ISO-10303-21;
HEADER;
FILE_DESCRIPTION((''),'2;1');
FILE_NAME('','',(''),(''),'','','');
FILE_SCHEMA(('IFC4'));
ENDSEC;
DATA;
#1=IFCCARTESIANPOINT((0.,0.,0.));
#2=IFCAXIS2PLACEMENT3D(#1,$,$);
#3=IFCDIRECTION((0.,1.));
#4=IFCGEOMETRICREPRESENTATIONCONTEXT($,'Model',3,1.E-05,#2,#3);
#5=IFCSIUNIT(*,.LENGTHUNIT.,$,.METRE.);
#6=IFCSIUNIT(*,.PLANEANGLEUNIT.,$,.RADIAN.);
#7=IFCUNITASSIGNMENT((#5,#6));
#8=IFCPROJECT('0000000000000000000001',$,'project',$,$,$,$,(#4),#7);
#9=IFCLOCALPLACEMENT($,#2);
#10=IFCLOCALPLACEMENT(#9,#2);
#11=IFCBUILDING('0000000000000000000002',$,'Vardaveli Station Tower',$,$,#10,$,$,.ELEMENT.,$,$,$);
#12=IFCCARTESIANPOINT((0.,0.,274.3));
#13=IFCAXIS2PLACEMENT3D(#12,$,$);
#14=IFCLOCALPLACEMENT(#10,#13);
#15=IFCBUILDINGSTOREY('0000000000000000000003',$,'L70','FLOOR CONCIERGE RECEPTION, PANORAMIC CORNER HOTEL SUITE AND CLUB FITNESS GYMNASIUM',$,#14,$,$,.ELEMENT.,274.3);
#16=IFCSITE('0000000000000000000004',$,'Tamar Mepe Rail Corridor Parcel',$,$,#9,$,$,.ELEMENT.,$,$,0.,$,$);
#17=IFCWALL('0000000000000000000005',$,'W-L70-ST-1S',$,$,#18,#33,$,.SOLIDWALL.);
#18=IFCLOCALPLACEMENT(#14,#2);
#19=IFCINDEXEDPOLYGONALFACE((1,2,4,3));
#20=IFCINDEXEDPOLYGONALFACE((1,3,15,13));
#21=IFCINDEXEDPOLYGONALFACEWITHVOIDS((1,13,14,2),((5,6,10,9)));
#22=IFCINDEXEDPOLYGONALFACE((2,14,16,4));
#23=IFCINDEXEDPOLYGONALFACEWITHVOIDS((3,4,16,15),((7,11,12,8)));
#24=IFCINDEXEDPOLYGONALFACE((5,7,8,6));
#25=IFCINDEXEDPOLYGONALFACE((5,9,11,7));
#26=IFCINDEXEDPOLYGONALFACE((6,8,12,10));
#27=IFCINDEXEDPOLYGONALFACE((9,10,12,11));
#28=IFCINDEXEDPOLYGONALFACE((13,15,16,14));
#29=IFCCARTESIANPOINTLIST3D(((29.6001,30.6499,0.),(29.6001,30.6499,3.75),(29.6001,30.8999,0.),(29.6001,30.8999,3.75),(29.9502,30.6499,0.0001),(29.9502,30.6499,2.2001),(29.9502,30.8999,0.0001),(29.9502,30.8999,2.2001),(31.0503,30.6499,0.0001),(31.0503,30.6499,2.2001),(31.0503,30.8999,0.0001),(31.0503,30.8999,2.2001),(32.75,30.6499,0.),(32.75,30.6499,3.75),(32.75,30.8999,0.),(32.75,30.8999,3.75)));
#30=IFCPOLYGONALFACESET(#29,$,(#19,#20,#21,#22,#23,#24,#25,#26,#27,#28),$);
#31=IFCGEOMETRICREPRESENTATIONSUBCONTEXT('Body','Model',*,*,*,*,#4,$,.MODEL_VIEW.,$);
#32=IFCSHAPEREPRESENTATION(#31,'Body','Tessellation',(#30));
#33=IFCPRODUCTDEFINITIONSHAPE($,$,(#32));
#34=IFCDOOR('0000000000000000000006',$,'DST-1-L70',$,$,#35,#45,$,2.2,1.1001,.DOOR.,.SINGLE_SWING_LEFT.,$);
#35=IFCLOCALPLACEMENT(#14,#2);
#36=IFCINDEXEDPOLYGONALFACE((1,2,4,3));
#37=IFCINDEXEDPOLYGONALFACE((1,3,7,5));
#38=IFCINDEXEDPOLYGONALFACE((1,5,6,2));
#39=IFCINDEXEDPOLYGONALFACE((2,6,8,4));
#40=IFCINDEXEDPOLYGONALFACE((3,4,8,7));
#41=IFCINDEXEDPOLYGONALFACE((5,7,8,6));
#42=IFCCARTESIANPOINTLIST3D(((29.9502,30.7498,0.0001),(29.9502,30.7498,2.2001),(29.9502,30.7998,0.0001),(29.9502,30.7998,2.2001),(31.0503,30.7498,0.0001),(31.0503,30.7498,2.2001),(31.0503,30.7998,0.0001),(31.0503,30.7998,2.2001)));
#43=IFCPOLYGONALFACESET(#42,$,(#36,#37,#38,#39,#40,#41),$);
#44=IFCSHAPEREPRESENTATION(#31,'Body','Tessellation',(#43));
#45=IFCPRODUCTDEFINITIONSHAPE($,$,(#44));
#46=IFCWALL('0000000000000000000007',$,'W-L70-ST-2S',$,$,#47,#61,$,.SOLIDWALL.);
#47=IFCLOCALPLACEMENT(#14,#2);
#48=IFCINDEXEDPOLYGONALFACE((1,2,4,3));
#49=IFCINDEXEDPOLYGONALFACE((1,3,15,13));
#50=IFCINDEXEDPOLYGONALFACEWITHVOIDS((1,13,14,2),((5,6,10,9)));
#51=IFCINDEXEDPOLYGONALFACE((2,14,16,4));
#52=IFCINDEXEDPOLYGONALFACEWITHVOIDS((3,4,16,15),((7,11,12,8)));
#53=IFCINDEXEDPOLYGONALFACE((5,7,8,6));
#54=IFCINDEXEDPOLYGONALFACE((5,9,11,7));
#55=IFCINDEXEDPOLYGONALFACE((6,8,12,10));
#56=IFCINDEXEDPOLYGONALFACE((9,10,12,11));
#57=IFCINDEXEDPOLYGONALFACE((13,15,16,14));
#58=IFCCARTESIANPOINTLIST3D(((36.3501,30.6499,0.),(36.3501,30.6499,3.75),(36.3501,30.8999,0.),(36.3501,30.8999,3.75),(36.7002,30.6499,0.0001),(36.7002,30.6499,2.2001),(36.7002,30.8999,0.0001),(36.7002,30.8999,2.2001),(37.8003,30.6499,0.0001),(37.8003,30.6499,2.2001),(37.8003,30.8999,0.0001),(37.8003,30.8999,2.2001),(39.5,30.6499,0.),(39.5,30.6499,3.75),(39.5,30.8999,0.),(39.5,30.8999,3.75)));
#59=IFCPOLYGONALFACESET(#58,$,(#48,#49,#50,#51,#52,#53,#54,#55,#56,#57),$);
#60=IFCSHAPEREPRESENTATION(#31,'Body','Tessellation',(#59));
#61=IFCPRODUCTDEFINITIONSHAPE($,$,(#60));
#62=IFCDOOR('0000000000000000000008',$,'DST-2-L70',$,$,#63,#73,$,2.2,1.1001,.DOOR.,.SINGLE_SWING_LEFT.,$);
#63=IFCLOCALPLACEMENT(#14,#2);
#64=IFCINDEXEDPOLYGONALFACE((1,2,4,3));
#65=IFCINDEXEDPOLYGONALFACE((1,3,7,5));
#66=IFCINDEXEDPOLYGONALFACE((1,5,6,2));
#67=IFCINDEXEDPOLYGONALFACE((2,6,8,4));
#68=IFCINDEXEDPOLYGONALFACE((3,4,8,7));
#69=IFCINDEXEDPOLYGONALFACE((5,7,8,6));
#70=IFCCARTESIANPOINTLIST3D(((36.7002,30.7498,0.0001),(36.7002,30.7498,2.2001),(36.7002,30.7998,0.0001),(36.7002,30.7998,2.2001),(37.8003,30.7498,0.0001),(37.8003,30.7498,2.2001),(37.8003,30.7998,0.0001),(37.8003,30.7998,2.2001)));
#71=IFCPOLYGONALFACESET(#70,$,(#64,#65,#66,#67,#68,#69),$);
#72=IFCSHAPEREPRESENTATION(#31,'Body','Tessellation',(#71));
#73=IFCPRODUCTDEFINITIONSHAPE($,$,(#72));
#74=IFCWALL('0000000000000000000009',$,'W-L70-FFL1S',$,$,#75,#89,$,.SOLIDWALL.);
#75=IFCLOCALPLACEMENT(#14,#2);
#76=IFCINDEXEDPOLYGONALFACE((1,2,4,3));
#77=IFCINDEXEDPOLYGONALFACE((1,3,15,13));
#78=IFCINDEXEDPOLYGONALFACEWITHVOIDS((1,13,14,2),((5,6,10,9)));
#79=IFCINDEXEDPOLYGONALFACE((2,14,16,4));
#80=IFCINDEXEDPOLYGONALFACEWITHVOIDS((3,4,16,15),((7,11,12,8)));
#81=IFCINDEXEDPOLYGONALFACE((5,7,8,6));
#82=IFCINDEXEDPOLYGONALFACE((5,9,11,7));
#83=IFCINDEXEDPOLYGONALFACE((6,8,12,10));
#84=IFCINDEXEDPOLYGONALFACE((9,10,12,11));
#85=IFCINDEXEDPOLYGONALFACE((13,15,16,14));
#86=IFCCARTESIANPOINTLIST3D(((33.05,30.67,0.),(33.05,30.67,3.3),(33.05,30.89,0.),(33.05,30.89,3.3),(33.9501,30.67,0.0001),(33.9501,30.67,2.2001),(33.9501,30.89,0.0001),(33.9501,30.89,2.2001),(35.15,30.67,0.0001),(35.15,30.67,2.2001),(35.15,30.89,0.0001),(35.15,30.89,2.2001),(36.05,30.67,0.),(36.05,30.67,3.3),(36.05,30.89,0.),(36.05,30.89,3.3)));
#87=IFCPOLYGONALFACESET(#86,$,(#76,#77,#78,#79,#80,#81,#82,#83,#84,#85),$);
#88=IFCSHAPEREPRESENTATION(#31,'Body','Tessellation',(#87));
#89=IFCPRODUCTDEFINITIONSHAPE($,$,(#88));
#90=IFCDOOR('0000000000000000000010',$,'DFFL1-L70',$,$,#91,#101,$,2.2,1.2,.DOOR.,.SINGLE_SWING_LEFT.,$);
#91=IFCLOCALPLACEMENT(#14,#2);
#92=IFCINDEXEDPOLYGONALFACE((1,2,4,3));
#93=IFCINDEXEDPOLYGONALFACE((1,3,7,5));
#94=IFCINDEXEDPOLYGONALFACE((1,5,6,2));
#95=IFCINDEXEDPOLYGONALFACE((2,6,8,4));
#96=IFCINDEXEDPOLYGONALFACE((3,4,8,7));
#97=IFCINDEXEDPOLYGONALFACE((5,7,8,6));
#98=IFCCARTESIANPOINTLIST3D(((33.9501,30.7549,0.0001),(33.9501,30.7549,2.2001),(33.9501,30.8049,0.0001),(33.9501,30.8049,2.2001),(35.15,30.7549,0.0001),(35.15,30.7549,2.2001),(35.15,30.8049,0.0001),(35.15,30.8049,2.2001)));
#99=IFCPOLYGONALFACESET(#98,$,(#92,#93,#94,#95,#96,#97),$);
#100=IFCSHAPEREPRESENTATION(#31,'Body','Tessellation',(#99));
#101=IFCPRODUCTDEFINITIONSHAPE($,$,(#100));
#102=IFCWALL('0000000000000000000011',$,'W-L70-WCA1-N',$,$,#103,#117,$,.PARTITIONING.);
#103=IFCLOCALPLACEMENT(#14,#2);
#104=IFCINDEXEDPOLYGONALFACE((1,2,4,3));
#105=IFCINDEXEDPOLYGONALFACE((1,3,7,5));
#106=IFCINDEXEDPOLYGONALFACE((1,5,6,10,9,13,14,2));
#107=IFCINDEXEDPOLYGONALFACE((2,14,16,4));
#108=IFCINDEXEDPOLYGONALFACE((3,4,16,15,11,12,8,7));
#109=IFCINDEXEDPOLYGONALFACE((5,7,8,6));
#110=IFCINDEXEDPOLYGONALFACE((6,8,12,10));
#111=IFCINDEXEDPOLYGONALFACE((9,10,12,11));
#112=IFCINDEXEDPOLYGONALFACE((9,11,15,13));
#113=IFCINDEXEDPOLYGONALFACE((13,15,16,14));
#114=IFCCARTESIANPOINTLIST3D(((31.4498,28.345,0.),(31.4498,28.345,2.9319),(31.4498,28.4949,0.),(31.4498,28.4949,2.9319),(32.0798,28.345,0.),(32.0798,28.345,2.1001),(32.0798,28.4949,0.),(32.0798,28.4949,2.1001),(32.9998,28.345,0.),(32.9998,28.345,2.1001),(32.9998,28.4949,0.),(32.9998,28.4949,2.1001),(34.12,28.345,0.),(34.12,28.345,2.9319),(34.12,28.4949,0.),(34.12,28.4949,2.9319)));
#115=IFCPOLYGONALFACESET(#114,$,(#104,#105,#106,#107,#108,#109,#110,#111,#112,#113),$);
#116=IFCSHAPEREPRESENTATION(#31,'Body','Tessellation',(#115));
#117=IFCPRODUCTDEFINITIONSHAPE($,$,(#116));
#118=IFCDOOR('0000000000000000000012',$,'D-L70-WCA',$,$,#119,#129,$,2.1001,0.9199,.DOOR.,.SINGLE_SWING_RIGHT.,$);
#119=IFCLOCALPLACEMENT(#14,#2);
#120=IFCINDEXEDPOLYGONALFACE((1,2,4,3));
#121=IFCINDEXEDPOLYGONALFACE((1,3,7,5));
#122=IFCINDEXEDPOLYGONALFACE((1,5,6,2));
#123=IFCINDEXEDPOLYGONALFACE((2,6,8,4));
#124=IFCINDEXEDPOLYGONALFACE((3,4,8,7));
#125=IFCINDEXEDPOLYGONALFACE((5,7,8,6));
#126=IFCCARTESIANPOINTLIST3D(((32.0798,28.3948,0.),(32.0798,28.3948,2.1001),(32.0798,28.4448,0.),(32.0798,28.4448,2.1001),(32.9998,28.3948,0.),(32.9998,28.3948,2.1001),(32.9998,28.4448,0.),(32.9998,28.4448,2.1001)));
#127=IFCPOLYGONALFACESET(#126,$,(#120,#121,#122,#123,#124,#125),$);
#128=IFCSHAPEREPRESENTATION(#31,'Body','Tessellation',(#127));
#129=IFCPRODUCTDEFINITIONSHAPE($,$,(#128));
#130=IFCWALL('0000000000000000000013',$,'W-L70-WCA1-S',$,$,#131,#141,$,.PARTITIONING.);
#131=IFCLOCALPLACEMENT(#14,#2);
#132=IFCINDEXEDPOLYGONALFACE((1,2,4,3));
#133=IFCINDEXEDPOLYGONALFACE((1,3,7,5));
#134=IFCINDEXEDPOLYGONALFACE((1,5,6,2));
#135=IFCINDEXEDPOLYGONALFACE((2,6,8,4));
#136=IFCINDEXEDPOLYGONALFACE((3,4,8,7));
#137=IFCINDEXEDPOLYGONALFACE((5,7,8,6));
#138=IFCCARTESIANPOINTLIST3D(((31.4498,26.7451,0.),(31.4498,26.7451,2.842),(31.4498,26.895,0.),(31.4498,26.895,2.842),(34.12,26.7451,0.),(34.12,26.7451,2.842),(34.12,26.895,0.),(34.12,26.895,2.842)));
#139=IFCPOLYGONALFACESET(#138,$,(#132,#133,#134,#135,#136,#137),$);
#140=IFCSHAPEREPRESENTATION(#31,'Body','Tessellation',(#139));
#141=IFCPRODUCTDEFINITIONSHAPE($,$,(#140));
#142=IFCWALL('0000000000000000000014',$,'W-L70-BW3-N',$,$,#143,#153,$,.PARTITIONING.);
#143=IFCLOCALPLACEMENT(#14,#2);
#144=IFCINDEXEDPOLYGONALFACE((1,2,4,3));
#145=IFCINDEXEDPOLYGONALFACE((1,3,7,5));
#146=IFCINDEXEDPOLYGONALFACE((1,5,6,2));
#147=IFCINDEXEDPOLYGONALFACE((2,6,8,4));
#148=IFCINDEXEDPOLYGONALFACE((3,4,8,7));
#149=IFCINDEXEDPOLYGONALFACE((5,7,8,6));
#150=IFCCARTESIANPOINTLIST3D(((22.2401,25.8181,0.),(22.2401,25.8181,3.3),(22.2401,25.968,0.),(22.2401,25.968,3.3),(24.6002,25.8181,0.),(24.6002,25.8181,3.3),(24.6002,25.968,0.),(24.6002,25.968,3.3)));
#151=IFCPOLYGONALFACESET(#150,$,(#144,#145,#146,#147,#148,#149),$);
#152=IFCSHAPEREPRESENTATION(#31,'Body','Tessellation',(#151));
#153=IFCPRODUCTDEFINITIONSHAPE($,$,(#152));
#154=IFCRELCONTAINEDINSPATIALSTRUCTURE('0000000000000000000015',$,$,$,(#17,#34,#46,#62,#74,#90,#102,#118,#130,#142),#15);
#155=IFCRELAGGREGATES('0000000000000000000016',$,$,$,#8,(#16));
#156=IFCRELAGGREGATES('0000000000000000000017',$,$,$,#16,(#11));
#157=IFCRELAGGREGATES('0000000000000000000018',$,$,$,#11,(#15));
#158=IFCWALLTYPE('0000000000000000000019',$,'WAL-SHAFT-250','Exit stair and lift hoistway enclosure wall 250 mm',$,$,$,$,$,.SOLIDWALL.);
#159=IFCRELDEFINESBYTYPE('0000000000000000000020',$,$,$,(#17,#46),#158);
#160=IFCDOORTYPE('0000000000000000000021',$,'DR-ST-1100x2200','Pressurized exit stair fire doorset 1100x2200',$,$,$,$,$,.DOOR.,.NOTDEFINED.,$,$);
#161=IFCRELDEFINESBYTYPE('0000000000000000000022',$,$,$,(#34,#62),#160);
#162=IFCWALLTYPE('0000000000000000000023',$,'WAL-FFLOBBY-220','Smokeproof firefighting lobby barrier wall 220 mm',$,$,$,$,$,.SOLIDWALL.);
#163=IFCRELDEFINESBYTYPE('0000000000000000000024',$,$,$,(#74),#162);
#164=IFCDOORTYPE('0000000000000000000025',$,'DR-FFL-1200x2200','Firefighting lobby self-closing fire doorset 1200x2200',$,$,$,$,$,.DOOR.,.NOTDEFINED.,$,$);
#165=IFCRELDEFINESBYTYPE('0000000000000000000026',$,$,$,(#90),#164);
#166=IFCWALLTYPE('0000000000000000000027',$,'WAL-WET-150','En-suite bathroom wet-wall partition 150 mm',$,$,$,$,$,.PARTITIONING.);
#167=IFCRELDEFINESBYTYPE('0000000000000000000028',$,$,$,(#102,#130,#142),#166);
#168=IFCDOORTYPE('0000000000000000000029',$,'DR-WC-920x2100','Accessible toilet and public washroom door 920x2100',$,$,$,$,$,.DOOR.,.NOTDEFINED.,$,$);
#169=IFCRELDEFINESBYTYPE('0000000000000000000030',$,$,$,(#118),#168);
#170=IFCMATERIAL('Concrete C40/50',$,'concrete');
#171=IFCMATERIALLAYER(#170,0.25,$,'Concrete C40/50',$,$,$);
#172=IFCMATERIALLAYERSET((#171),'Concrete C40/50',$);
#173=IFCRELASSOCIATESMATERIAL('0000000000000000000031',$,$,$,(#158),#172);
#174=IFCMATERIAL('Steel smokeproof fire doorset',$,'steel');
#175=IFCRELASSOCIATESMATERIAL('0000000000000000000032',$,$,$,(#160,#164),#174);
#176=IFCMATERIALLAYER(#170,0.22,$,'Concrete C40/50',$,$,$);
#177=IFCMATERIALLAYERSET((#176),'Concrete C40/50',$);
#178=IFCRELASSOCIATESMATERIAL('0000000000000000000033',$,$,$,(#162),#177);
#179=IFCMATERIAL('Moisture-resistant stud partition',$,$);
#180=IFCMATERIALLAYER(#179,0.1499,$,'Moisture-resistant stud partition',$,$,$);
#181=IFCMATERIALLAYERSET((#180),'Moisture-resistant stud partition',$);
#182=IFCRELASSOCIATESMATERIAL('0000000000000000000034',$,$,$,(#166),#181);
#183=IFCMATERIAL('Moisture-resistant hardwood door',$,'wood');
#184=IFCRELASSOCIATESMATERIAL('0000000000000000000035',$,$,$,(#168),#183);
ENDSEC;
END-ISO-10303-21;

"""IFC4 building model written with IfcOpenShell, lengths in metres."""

from ifc_helpers import new_model, si_unit, direction, frame, frame_2d, origin, place, context, subcontext, project, spatial, rectangle, extrude, source, transform, mapped, material, layer, layer_set, type_object, element, fill, save


model = new_model("IFC4")

# Units and contexts
model_context = context("Model", 3, precision=1e-05, world=origin(), true_north=direction((0.0, 1.0)))
body_context = subcontext(model_context, "Body", "Model", "MODEL_VIEW")
ifc_project = project(units=[si_unit("LENGTHUNIT", "METRE"), si_unit("PLANEANGLEUNIT", "RADIAN")], contexts=[model_context])

# Site, building, storey
site_placement = place(None, origin())
site = spatial("IfcSite", under=ifc_project, at=site_placement, Name="Tamar Mepe Rail Corridor Parcel", CompositionType="ELEMENT", RefElevation=0.0)
building_placement = place(site_placement, origin())
building = spatial("IfcBuilding", under=site, at=building_placement, Name="Vardaveli Station Tower", CompositionType="ELEMENT")
storey_placement = place(building_placement, frame((0.0, 0.0, 274.3)))
storey = spatial("IfcBuildingStorey", under=building, at=storey_placement, Name="L70", Description="FLOOR CONCIERGE RECEPTION, PANORAMIC CORNER HOTEL SUITE AND CLUB FITNESS GYMNASIUM", CompositionType="ELEMENT", Elevation=274.3)

# Shared definitions
ifc_material_1 = material(Name="Concrete C40/50", Category="concrete")
ifc_layer_1 = layer(ifc_material_1, 0.25, Name="Concrete C40/50")
ifc_layer_set_1 = layer_set([ifc_layer_1], Name="Concrete C40/50")
wall_type_1 = type_object("IfcWallType", Name="WAL-SHAFT-250", Description="Exit stair and lift hoistway enclosure wall 250 mm", PredefinedType="SOLIDWALL", material=ifc_layer_set_1)

# Walls, openings, doors
shared_shape_1 = source(origin(), body_context, "Body", "SweptSolid", [
    extrude(rectangle(XDim=3.1499, YDim=0.25, at=frame_2d((1.575, 0.0))), origin(), (0.0, 0.0, 1.0), 3.75),
])
wall_1_placement = place(storey_placement, frame((29.6001, 30.7749, 0.0), z_axis=(0.0, 0.0, 1.0), x_axis=(1.0, 0.0, 0.0)))
wall_1 = element("IfcWall", 1, at=wall_1_placement, inside=storey, type_object=wall_type_1, Name="W-L70-ST-1S", PredefinedType="SOLIDWALL", context=body_context, shape_type="MappedRepresentation", body=[
    mapped(shared_shape_1, transform((0.0, 0.0, 0.0), scale=1.0)),
])
shared_shape_2 = source(origin(), body_context, "Body", "SweptSolid", [
    extrude(rectangle(XDim=1.1001, YDim=2.2, at=frame_2d((0.55, 1.1001))), frame((0.0, 0.135, 0.0), z_axis=(0.0, -1.0, 0.0), x_axis=(1.0, 0.0, 0.0)), (0.0, 0.0, 1.0), 0.27),
])
opening_1_placement = place(wall_1_placement, frame((0.3501, 0.0, 0.0)))
opening_1 = element("IfcOpeningElement", 2, at=opening_1_placement, cuts=wall_1, PredefinedType="OPENING", context=body_context, shape_type="MappedRepresentation", body=[
    mapped(shared_shape_2, transform((0.0, 0.0, 0.0), scale=1.0)),
])
ifc_material_2 = material(Name="Steel smokeproof fire doorset", Category="steel")
door_type_1 = type_object("IfcDoorType", Name="DR-ST-1100x2200", Description="Pressurized exit stair fire doorset 1100x2200", OperationType="NOTDEFINED", PredefinedType="DOOR", material=ifc_material_2)
shared_shape_3 = source(origin(), body_context, "Body", "SweptSolid", [
    extrude(rectangle(XDim=1.1001, YDim=2.2, at=frame_2d((0.55, 1.1001))), frame((0.0, 0.0249, 0.0), z_axis=(0.0, -1.0, 0.0), x_axis=(1.0, 0.0, 0.0)), (0.0, 0.0, 1.0), 0.05),
])
door_1_placement = place(opening_1_placement, origin())
door_1 = element("IfcDoor", 3, at=door_1_placement, inside=storey, type_object=door_type_1, Name="DST-1-L70", OperationType="SINGLE_SWING_LEFT", OverallHeight=2.2, OverallWidth=1.1001, PredefinedType="DOOR", context=body_context, shape_type="MappedRepresentation", body=[
    mapped(shared_shape_3, transform((0.0, 0.0, 0.0), scale=1.0)),
])
fill(opening_1, door_1)
wall_2_placement = place(storey_placement, frame((36.3501, 30.7749, 0.0), z_axis=(0.0, 0.0, 1.0), x_axis=(1.0, 0.0, 0.0)))
wall_2 = element("IfcWall", 4, at=wall_2_placement, inside=storey, type_object=wall_type_1, Name="W-L70-ST-2S", PredefinedType="SOLIDWALL", context=body_context, shape_type="MappedRepresentation", body=[
    mapped(shared_shape_1, transform((0.0, 0.0, 0.0), scale=1.0)),
])
opening_2_placement = place(wall_2_placement, frame((0.3501, 0.0, 0.0)))
opening_2 = element("IfcOpeningElement", 5, at=opening_2_placement, cuts=wall_2, PredefinedType="OPENING", context=body_context, shape_type="MappedRepresentation", body=[
    mapped(shared_shape_2, transform((0.0, 0.0, 0.0), scale=1.0)),
])
door_2_placement = place(opening_2_placement, origin())
door_2 = element("IfcDoor", 6, at=door_2_placement, inside=storey, type_object=door_type_1, Name="DST-2-L70", OperationType="SINGLE_SWING_LEFT", OverallHeight=2.2, OverallWidth=1.1001, PredefinedType="DOOR", context=body_context, shape_type="MappedRepresentation", body=[
    mapped(shared_shape_3, transform((0.0, 0.0, 0.0), scale=1.0)),
])
fill(opening_2, door_2)
ifc_layer_2 = layer(ifc_material_1, 0.22, Name="Concrete C40/50")
ifc_layer_set_2 = layer_set([ifc_layer_2], Name="Concrete C40/50")
wall_type_2 = type_object("IfcWallType", Name="WAL-FFLOBBY-220", Description="Smokeproof firefighting lobby barrier wall 220 mm", PredefinedType="SOLIDWALL", material=ifc_layer_set_2)
shared_shape_4 = source(origin(), body_context, "Body", "SweptSolid", [
    extrude(rectangle(XDim=3.0, YDim=0.22, at=frame_2d((1.5, 0.0))), origin(), (0.0, 0.0, 1.0), 3.3),
])
wall_3_placement = place(storey_placement, frame((33.05, 30.78, 0.0), z_axis=(0.0, 0.0, 1.0), x_axis=(1.0, 0.0, 0.0)))
wall_3 = element("IfcWall", 7, at=wall_3_placement, inside=storey, type_object=wall_type_2, Name="W-L70-FFL1S", PredefinedType="SOLIDWALL", context=body_context, shape_type="MappedRepresentation", body=[
    mapped(shared_shape_4, transform((0.0, 0.0, 0.0), scale=1.0)),
])
shared_shape_5 = source(origin(), body_context, "Body", "SweptSolid", [
    extrude(rectangle(XDim=1.2, YDim=2.2, at=frame_2d((0.6001, 1.1001))), frame((0.0, 0.1201, 0.0), z_axis=(0.0, -1.0, 0.0), x_axis=(1.0, 0.0, 0.0)), (0.0, 0.0, 1.0), 0.24),
])
opening_3_placement = place(wall_3_placement, frame((0.8999, 0.0, 0.0)))
opening_3 = element("IfcOpeningElement", 8, at=opening_3_placement, cuts=wall_3, PredefinedType="OPENING", context=body_context, shape_type="MappedRepresentation", body=[
    mapped(shared_shape_5, transform((0.0, 0.0, 0.0), scale=1.0)),
])
door_type_2 = type_object("IfcDoorType", Name="DR-FFL-1200x2200", Description="Firefighting lobby self-closing fire doorset 1200x2200", OperationType="NOTDEFINED", PredefinedType="DOOR", material=ifc_material_2)
shared_shape_6 = source(origin(), body_context, "Body", "SweptSolid", [
    extrude(rectangle(XDim=1.2, YDim=2.2, at=frame_2d((0.6001, 1.1001))), frame((0.0, 0.0249, 0.0), z_axis=(0.0, -1.0, 0.0), x_axis=(1.0, 0.0, 0.0)), (0.0, 0.0, 1.0), 0.05),
])
door_3_placement = place(opening_3_placement, origin())
door_3 = element("IfcDoor", 9, at=door_3_placement, inside=storey, type_object=door_type_2, Name="DFFL1-L70", OperationType="SINGLE_SWING_LEFT", OverallHeight=2.2, OverallWidth=1.2, PredefinedType="DOOR", context=body_context, shape_type="MappedRepresentation", body=[
    mapped(shared_shape_6, transform((0.0, 0.0, 0.0), scale=1.0)),
])
fill(opening_3, door_3)
ifc_material_3 = material(Name="Moisture-resistant stud partition")
ifc_layer_3 = layer(ifc_material_3, 0.1499, Name="Moisture-resistant stud partition")
ifc_layer_set_3 = layer_set([ifc_layer_3], Name="Moisture-resistant stud partition")
wall_type_3 = type_object("IfcWallType", Name="WAL-WET-150", Description="En-suite bathroom wet-wall partition 150 mm", PredefinedType="PARTITIONING", material=ifc_layer_set_3)
shared_shape_7 = source(origin(), body_context, "Body", "SweptSolid", [
    extrude(rectangle(XDim=2.6702, YDim=0.1499, at=frame_2d((1.335, 0.0))), origin(), (0.0, 0.0, 1.0), 2.9319),
])
wall_4_placement = place(storey_placement, frame((31.45, 28.4199, 0.0), z_axis=(0.0, 0.0, 1.0), x_axis=(1.0, 0.0, 0.0)))
wall_4 = element("IfcWall", 10, at=wall_4_placement, inside=storey, type_object=wall_type_3, Name="W-L70-WCA1-N", PredefinedType="PARTITIONING", context=body_context, shape_type="MappedRepresentation", body=[
    mapped(shared_shape_7, transform((0.0, 0.0, 0.0), scale=1.0)),
])
shared_shape_8 = source(origin(), body_context, "Body", "SweptSolid", [
    extrude(rectangle(XDim=0.9199, YDim=2.1001, at=frame_2d((0.46, 1.05))), frame((0.0, 0.085, 0.0), z_axis=(0.0, -1.0, 0.0), x_axis=(1.0, 0.0, 0.0)), (0.0, 0.0, 1.0), 0.1699),
])
opening_4_placement = place(wall_4_placement, frame((0.6299, 0.0, 0.0)))
opening_4 = element("IfcOpeningElement", 11, at=opening_4_placement, cuts=wall_4, PredefinedType="OPENING", context=body_context, shape_type="MappedRepresentation", body=[
    mapped(shared_shape_8, transform((0.0, 0.0, 0.0), scale=1.0)),
])
ifc_material_4 = material(Name="Moisture-resistant hardwood door", Category="wood")
door_type_3 = type_object("IfcDoorType", Name="DR-WC-920x2100", Description="Accessible toilet and public washroom door 920x2100", OperationType="NOTDEFINED", PredefinedType="DOOR", material=ifc_material_4)
shared_shape_9 = source(origin(), body_context, "Body", "SweptSolid", [
    extrude(rectangle(XDim=0.9199, YDim=2.1001, at=frame_2d((0.46, 1.05))), frame((0.0, 0.0249, 0.0), z_axis=(0.0, -1.0, 0.0), x_axis=(1.0, 0.0, 0.0)), (0.0, 0.0, 1.0), 0.05),
])
door_4_placement = place(opening_4_placement, origin())
door_4 = element("IfcDoor", 12, at=door_4_placement, inside=storey, type_object=door_type_3, Name="D-L70-WCA", OperationType="SINGLE_SWING_RIGHT", OverallHeight=2.1001, OverallWidth=0.9199, PredefinedType="DOOR", context=body_context, shape_type="MappedRepresentation", body=[
    mapped(shared_shape_9, transform((0.0, 0.0, 0.0), scale=1.0)),
])
fill(opening_4, door_4)

# Walls
shared_shape_10 = source(origin(), body_context, "Body", "SweptSolid", [
    extrude(rectangle(XDim=2.6702, YDim=0.1499, at=frame_2d((1.335, 0.0))), origin(), (0.0, 0.0, 1.0), 2.842),
])
wall_5_placement = place(storey_placement, frame((31.45, 26.8201, 0.0), z_axis=(0.0, 0.0, 1.0), x_axis=(1.0, 0.0, 0.0)))
element("IfcWall", 13, at=wall_5_placement, inside=storey, type_object=wall_type_3, Name="W-L70-WCA1-S", PredefinedType="PARTITIONING", context=body_context, shape_type="MappedRepresentation", body=[
    mapped(shared_shape_10, transform((0.0, 0.0, 0.0), scale=1.0)),
])
shared_shape_11 = source(origin(), body_context, "Body", "SweptSolid", [
    extrude(rectangle(XDim=2.3601, YDim=0.1499, at=frame_2d((1.1802, 0.0))), origin(), (0.0, 0.0, 1.0), 3.3),
])
wall_6_placement = place(storey_placement, frame((22.24, 25.8931, 0.0), z_axis=(0.0, 0.0, 1.0), x_axis=(1.0, 0.0, 0.0)))
element("IfcWall", 14, at=wall_6_placement, inside=storey, type_object=wall_type_3, Name="W-L70-BW3-N", PredefinedType="PARTITIONING", context=body_context, shape_type="MappedRepresentation", body=[
    mapped(shared_shape_11, transform((0.0, 0.0, 0.0), scale=1.0)),
])

save(model, "model.ifc")
